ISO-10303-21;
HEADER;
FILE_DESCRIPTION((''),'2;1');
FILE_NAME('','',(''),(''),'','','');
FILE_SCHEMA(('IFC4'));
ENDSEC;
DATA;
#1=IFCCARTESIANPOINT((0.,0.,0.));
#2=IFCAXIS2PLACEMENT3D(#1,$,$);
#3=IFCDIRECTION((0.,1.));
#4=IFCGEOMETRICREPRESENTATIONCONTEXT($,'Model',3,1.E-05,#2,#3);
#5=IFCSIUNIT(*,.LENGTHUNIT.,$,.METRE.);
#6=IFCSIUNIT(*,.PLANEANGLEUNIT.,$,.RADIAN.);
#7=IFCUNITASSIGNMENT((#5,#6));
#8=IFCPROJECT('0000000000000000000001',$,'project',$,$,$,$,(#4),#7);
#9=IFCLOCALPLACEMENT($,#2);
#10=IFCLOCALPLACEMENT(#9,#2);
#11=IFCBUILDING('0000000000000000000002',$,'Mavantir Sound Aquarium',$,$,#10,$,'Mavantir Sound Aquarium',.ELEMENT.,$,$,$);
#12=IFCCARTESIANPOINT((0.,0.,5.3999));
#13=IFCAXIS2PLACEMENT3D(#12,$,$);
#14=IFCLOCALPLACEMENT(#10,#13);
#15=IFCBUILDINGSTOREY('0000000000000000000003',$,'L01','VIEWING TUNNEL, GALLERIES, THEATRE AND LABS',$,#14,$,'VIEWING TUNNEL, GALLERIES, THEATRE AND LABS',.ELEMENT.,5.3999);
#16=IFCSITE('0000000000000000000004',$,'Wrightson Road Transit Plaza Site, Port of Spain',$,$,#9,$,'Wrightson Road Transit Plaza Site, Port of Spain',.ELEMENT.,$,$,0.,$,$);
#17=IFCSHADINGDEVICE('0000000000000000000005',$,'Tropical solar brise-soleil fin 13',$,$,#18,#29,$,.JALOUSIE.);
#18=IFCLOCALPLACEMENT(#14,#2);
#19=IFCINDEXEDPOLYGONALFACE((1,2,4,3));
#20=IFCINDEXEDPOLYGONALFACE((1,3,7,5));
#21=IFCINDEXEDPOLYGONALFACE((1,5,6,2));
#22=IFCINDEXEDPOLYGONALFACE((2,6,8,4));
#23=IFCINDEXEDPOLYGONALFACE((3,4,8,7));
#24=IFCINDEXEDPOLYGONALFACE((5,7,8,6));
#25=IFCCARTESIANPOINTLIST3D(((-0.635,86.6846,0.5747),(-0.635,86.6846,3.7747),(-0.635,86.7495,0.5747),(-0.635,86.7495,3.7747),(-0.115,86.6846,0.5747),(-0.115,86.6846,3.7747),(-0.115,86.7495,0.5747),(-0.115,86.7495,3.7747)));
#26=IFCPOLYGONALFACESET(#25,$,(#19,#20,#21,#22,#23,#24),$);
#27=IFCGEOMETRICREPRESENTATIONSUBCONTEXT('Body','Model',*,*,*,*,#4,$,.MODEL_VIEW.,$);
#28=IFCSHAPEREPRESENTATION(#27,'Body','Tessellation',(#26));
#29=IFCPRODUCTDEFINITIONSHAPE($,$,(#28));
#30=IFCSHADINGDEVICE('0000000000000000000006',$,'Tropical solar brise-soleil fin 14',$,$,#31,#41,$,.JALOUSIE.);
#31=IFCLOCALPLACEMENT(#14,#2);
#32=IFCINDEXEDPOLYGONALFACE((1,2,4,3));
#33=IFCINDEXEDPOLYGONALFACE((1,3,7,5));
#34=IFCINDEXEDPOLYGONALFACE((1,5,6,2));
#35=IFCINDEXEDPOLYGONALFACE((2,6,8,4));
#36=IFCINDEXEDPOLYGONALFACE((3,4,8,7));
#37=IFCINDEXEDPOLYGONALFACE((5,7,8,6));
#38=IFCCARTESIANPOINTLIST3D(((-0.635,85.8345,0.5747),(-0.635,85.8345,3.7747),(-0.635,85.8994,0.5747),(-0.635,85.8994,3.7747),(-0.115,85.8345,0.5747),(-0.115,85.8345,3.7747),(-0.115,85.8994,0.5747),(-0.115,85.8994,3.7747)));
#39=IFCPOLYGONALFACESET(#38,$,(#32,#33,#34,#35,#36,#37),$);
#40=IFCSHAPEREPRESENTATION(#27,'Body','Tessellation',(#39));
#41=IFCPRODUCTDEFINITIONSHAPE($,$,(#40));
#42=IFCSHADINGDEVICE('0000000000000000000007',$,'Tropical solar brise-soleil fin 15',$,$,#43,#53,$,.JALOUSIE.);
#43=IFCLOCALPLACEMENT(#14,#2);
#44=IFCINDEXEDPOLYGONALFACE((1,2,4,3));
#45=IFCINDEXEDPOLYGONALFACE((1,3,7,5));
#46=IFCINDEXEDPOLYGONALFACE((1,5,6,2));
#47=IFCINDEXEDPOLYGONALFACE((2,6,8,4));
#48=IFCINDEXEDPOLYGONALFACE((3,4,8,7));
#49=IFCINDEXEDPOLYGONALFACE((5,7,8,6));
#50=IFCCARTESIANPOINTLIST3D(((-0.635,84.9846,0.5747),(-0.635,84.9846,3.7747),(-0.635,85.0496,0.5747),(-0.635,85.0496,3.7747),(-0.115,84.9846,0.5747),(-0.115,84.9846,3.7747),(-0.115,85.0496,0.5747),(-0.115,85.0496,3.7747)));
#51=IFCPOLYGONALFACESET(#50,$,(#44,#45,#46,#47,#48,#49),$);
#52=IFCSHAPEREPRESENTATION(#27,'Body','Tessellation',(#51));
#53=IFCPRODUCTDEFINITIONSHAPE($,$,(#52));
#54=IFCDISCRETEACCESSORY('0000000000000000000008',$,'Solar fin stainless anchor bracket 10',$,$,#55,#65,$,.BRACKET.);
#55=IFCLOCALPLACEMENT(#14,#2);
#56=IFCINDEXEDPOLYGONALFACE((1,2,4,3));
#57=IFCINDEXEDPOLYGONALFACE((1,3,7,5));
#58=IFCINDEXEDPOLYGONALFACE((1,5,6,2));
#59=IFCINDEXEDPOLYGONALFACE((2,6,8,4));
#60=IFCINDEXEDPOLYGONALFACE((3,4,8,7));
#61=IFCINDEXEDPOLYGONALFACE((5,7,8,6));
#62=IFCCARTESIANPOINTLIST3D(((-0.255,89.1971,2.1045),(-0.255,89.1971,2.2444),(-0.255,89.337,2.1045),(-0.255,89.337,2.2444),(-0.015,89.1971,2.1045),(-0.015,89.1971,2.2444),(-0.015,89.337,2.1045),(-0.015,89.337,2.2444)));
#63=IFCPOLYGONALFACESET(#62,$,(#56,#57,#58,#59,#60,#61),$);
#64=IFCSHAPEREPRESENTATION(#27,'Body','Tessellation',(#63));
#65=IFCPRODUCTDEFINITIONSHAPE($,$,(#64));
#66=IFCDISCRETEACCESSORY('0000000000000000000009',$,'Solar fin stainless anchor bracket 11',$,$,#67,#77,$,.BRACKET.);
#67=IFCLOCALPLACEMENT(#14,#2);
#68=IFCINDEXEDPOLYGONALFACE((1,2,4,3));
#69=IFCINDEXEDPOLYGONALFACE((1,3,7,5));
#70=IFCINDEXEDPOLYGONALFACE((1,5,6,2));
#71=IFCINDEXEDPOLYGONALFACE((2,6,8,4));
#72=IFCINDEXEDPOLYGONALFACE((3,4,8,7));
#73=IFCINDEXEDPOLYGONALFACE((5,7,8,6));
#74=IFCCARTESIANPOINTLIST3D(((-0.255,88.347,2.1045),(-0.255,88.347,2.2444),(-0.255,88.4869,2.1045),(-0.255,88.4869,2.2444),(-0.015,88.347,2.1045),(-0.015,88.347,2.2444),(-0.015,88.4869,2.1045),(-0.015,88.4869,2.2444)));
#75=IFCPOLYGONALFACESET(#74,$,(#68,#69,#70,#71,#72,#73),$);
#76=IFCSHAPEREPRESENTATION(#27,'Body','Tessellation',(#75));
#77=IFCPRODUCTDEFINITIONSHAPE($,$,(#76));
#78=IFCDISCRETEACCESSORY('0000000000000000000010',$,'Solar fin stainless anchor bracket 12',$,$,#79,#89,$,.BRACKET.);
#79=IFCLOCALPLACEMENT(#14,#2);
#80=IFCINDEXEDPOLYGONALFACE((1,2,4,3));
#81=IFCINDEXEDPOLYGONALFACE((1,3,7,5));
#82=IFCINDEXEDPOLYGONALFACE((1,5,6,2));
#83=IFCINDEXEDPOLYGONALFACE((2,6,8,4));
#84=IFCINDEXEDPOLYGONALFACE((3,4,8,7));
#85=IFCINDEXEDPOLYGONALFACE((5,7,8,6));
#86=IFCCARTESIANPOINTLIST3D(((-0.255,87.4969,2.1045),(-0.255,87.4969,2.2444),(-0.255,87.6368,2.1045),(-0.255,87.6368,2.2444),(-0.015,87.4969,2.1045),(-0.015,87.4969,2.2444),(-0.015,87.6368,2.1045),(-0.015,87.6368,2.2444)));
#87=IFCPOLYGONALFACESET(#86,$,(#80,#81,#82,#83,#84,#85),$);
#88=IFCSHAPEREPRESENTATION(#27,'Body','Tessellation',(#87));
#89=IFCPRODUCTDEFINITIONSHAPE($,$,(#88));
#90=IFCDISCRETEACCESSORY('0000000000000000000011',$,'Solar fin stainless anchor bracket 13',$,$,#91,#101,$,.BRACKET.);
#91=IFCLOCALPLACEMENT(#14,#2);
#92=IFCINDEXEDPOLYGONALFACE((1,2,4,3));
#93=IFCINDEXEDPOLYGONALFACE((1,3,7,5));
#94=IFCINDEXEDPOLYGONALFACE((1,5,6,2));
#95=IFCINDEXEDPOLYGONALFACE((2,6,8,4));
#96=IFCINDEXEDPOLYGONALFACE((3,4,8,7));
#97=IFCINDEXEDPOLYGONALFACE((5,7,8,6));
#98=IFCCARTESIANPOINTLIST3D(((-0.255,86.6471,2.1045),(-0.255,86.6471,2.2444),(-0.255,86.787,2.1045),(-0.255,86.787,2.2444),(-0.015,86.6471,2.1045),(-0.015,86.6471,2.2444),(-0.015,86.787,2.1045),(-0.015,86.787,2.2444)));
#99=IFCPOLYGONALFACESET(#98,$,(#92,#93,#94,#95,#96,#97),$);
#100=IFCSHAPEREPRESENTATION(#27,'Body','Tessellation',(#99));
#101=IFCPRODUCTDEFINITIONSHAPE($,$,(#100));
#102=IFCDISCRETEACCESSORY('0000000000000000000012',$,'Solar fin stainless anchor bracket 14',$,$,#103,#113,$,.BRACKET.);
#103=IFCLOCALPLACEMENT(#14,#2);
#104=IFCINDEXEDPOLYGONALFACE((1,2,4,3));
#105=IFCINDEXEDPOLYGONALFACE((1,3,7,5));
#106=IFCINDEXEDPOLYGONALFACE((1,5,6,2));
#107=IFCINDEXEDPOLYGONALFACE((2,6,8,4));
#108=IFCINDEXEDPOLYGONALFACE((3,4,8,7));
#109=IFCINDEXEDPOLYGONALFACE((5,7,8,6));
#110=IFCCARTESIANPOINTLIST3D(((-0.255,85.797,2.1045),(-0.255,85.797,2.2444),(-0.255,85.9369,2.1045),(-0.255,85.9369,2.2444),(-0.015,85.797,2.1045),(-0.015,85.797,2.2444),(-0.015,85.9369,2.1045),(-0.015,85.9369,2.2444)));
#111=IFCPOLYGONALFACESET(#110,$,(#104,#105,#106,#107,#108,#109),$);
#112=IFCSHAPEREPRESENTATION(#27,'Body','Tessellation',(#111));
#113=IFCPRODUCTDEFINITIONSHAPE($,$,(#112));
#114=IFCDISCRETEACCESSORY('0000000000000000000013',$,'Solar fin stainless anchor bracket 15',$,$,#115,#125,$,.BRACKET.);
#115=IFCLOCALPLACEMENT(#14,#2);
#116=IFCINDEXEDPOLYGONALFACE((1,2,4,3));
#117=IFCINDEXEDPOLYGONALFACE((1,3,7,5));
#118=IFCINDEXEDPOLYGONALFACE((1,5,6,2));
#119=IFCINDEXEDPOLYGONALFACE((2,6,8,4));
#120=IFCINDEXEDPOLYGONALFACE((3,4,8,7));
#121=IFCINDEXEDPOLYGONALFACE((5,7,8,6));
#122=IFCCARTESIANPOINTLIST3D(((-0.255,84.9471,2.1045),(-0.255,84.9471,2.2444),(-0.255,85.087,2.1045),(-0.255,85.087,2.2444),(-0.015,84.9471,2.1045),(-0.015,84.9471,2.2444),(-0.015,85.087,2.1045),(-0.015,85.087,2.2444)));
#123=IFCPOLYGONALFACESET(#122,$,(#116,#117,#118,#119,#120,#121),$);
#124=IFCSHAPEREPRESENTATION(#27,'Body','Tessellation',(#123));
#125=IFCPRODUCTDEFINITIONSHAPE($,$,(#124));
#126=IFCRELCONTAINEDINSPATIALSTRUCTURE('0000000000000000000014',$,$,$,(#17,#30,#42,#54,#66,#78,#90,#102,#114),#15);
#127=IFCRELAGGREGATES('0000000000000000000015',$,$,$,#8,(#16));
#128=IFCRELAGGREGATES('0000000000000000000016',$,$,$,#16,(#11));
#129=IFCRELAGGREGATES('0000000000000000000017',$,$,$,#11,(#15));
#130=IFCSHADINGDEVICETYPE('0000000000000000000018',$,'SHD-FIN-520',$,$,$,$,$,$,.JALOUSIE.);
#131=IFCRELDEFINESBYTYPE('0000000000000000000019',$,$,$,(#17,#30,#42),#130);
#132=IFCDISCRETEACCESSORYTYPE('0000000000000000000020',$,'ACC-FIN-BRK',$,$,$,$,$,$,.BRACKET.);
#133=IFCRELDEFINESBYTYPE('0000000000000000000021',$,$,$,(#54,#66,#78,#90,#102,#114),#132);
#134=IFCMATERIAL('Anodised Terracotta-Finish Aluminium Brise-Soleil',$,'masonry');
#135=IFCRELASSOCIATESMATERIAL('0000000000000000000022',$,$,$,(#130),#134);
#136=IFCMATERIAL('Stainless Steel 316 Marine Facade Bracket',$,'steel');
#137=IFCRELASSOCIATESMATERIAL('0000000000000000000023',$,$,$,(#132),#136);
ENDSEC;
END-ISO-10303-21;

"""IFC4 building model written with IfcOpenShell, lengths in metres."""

from ifc_helpers import new_model, si_unit, direction, frame, origin, origin_2d, place, context, subcontext, project, spatial, rectangle, extrude, material, type_object, element, save


model = new_model("IFC4")

# Units and contexts
model_context = context("Model", 3, precision=1e-05, world=origin(), true_north=direction((0.0, 1.0)))
body_context = subcontext(model_context, "Body", "Model", "MODEL_VIEW")
ifc_project = project(units=[si_unit("LENGTHUNIT", "METRE"), si_unit("PLANEANGLEUNIT", "RADIAN")], contexts=[model_context])

# Site, building, storey
site_placement = place(None, origin())
site = spatial("IfcSite", under=ifc_project, at=site_placement, Name="Wrightson Road Transit Plaza Site, Port of Spain", LongName="Wrightson Road Transit Plaza Site, Port of Spain", CompositionType="ELEMENT", RefElevation=0.0)
building_placement = place(site_placement, origin())
building = spatial("IfcBuilding", under=site, at=building_placement, Name="Mavantir Sound Aquarium", LongName="Mavantir Sound Aquarium", CompositionType="ELEMENT")
storey_placement = place(building_placement, frame((0.0, 0.0, 5.3999)))
storey = spatial("IfcBuildingStorey", under=building, at=storey_placement, Name="L01", Description="VIEWING TUNNEL, GALLERIES, THEATRE AND LABS", LongName="VIEWING TUNNEL, GALLERIES, THEATRE AND LABS", CompositionType="ELEMENT", Elevation=5.3999)

# Shading devices
ifc_material_1 = material(Name="Anodised Terracotta-Finish Aluminium Brise-Soleil", Category="masonry")
shading_device_type = type_object("IfcShadingDeviceType", Name="SHD-FIN-520", PredefinedType="JALOUSIE", material=ifc_material_1)
for number, where, z_axis, x_axis, name in (
    (1, (-0.375, 86.717, 0.5747), (0.0, 0.0, 1.0), (0.0, 1.0, 0.0), "Tropical solar brise-soleil fin 13"),
    (2, (-0.375, 85.8669, 0.5747), (0.0, 0.0, 1.0), (0.0, 1.0, 0.0), "Tropical solar brise-soleil fin 14"),
    (3, (-0.375, 85.0171, 0.5747), (0.0, 0.0, 1.0), (0.0, 1.0, 0.0), "Tropical solar brise-soleil fin 15"),
):
    element("IfcShadingDevice", number, at=place(storey_placement, frame(where, z_axis=z_axis, x_axis=x_axis)), inside=storey, type_object=shading_device_type, Name=name, PredefinedType="JALOUSIE", context=body_context, shape_type="SweptSolid", body=[
        extrude(rectangle(XDim=0.0649, YDim=0.52, at=origin_2d()), origin(), (0.0, 0.0, 1.0), 3.2),
    ])

# Discrete accessories
ifc_material_2 = material(Name="Stainless Steel 316 Marine Facade Bracket", Category="steel")
discrete_accessory_type = type_object("IfcDiscreteAccessoryType", Name="ACC-FIN-BRK", PredefinedType="BRACKET", material=ifc_material_2)
for number, where, z_axis, x_axis, name in (
    (4, (-0.135, 89.2671, 2.1045), (0.0, 0.0, 1.0), (0.0, 1.0, 0.0), "Solar fin stainless anchor bracket 10"),
    (5, (-0.135, 88.417, 2.1045), (0.0, 0.0, 1.0), (0.0, 1.0, 0.0), "Solar fin stainless anchor bracket 11"),
    (6, (-0.135, 87.5669, 2.1045), (0.0, 0.0, 1.0), (0.0, 1.0, 0.0), "Solar fin stainless anchor bracket 12"),
    (7, (-0.135, 86.717, 2.1045), (0.0, 0.0, 1.0), (0.0, 1.0, 0.0), "Solar fin stainless anchor bracket 13"),
    (8, (-0.135, 85.8669, 2.1045), (0.0, 0.0, 1.0), (0.0, 1.0, 0.0), "Solar fin stainless anchor bracket 14"),
    (9, (-0.135, 85.0171, 2.1045), (0.0, 0.0, 1.0), (0.0, 1.0, 0.0), "Solar fin stainless anchor bracket 15"),
):
    element("IfcDiscreteAccessory", number, at=place(storey_placement, frame(where, z_axis=z_axis, x_axis=x_axis)), inside=storey, type_object=discrete_accessory_type, Name=name, PredefinedType="BRACKET", context=body_context, shape_type="SweptSolid", body=[
        extrude(rectangle(XDim=0.1399, YDim=0.24, at=origin_2d()), origin(), (0.0, 0.0, 1.0), 0.1399),
    ])

save(model, "model.ifc")
